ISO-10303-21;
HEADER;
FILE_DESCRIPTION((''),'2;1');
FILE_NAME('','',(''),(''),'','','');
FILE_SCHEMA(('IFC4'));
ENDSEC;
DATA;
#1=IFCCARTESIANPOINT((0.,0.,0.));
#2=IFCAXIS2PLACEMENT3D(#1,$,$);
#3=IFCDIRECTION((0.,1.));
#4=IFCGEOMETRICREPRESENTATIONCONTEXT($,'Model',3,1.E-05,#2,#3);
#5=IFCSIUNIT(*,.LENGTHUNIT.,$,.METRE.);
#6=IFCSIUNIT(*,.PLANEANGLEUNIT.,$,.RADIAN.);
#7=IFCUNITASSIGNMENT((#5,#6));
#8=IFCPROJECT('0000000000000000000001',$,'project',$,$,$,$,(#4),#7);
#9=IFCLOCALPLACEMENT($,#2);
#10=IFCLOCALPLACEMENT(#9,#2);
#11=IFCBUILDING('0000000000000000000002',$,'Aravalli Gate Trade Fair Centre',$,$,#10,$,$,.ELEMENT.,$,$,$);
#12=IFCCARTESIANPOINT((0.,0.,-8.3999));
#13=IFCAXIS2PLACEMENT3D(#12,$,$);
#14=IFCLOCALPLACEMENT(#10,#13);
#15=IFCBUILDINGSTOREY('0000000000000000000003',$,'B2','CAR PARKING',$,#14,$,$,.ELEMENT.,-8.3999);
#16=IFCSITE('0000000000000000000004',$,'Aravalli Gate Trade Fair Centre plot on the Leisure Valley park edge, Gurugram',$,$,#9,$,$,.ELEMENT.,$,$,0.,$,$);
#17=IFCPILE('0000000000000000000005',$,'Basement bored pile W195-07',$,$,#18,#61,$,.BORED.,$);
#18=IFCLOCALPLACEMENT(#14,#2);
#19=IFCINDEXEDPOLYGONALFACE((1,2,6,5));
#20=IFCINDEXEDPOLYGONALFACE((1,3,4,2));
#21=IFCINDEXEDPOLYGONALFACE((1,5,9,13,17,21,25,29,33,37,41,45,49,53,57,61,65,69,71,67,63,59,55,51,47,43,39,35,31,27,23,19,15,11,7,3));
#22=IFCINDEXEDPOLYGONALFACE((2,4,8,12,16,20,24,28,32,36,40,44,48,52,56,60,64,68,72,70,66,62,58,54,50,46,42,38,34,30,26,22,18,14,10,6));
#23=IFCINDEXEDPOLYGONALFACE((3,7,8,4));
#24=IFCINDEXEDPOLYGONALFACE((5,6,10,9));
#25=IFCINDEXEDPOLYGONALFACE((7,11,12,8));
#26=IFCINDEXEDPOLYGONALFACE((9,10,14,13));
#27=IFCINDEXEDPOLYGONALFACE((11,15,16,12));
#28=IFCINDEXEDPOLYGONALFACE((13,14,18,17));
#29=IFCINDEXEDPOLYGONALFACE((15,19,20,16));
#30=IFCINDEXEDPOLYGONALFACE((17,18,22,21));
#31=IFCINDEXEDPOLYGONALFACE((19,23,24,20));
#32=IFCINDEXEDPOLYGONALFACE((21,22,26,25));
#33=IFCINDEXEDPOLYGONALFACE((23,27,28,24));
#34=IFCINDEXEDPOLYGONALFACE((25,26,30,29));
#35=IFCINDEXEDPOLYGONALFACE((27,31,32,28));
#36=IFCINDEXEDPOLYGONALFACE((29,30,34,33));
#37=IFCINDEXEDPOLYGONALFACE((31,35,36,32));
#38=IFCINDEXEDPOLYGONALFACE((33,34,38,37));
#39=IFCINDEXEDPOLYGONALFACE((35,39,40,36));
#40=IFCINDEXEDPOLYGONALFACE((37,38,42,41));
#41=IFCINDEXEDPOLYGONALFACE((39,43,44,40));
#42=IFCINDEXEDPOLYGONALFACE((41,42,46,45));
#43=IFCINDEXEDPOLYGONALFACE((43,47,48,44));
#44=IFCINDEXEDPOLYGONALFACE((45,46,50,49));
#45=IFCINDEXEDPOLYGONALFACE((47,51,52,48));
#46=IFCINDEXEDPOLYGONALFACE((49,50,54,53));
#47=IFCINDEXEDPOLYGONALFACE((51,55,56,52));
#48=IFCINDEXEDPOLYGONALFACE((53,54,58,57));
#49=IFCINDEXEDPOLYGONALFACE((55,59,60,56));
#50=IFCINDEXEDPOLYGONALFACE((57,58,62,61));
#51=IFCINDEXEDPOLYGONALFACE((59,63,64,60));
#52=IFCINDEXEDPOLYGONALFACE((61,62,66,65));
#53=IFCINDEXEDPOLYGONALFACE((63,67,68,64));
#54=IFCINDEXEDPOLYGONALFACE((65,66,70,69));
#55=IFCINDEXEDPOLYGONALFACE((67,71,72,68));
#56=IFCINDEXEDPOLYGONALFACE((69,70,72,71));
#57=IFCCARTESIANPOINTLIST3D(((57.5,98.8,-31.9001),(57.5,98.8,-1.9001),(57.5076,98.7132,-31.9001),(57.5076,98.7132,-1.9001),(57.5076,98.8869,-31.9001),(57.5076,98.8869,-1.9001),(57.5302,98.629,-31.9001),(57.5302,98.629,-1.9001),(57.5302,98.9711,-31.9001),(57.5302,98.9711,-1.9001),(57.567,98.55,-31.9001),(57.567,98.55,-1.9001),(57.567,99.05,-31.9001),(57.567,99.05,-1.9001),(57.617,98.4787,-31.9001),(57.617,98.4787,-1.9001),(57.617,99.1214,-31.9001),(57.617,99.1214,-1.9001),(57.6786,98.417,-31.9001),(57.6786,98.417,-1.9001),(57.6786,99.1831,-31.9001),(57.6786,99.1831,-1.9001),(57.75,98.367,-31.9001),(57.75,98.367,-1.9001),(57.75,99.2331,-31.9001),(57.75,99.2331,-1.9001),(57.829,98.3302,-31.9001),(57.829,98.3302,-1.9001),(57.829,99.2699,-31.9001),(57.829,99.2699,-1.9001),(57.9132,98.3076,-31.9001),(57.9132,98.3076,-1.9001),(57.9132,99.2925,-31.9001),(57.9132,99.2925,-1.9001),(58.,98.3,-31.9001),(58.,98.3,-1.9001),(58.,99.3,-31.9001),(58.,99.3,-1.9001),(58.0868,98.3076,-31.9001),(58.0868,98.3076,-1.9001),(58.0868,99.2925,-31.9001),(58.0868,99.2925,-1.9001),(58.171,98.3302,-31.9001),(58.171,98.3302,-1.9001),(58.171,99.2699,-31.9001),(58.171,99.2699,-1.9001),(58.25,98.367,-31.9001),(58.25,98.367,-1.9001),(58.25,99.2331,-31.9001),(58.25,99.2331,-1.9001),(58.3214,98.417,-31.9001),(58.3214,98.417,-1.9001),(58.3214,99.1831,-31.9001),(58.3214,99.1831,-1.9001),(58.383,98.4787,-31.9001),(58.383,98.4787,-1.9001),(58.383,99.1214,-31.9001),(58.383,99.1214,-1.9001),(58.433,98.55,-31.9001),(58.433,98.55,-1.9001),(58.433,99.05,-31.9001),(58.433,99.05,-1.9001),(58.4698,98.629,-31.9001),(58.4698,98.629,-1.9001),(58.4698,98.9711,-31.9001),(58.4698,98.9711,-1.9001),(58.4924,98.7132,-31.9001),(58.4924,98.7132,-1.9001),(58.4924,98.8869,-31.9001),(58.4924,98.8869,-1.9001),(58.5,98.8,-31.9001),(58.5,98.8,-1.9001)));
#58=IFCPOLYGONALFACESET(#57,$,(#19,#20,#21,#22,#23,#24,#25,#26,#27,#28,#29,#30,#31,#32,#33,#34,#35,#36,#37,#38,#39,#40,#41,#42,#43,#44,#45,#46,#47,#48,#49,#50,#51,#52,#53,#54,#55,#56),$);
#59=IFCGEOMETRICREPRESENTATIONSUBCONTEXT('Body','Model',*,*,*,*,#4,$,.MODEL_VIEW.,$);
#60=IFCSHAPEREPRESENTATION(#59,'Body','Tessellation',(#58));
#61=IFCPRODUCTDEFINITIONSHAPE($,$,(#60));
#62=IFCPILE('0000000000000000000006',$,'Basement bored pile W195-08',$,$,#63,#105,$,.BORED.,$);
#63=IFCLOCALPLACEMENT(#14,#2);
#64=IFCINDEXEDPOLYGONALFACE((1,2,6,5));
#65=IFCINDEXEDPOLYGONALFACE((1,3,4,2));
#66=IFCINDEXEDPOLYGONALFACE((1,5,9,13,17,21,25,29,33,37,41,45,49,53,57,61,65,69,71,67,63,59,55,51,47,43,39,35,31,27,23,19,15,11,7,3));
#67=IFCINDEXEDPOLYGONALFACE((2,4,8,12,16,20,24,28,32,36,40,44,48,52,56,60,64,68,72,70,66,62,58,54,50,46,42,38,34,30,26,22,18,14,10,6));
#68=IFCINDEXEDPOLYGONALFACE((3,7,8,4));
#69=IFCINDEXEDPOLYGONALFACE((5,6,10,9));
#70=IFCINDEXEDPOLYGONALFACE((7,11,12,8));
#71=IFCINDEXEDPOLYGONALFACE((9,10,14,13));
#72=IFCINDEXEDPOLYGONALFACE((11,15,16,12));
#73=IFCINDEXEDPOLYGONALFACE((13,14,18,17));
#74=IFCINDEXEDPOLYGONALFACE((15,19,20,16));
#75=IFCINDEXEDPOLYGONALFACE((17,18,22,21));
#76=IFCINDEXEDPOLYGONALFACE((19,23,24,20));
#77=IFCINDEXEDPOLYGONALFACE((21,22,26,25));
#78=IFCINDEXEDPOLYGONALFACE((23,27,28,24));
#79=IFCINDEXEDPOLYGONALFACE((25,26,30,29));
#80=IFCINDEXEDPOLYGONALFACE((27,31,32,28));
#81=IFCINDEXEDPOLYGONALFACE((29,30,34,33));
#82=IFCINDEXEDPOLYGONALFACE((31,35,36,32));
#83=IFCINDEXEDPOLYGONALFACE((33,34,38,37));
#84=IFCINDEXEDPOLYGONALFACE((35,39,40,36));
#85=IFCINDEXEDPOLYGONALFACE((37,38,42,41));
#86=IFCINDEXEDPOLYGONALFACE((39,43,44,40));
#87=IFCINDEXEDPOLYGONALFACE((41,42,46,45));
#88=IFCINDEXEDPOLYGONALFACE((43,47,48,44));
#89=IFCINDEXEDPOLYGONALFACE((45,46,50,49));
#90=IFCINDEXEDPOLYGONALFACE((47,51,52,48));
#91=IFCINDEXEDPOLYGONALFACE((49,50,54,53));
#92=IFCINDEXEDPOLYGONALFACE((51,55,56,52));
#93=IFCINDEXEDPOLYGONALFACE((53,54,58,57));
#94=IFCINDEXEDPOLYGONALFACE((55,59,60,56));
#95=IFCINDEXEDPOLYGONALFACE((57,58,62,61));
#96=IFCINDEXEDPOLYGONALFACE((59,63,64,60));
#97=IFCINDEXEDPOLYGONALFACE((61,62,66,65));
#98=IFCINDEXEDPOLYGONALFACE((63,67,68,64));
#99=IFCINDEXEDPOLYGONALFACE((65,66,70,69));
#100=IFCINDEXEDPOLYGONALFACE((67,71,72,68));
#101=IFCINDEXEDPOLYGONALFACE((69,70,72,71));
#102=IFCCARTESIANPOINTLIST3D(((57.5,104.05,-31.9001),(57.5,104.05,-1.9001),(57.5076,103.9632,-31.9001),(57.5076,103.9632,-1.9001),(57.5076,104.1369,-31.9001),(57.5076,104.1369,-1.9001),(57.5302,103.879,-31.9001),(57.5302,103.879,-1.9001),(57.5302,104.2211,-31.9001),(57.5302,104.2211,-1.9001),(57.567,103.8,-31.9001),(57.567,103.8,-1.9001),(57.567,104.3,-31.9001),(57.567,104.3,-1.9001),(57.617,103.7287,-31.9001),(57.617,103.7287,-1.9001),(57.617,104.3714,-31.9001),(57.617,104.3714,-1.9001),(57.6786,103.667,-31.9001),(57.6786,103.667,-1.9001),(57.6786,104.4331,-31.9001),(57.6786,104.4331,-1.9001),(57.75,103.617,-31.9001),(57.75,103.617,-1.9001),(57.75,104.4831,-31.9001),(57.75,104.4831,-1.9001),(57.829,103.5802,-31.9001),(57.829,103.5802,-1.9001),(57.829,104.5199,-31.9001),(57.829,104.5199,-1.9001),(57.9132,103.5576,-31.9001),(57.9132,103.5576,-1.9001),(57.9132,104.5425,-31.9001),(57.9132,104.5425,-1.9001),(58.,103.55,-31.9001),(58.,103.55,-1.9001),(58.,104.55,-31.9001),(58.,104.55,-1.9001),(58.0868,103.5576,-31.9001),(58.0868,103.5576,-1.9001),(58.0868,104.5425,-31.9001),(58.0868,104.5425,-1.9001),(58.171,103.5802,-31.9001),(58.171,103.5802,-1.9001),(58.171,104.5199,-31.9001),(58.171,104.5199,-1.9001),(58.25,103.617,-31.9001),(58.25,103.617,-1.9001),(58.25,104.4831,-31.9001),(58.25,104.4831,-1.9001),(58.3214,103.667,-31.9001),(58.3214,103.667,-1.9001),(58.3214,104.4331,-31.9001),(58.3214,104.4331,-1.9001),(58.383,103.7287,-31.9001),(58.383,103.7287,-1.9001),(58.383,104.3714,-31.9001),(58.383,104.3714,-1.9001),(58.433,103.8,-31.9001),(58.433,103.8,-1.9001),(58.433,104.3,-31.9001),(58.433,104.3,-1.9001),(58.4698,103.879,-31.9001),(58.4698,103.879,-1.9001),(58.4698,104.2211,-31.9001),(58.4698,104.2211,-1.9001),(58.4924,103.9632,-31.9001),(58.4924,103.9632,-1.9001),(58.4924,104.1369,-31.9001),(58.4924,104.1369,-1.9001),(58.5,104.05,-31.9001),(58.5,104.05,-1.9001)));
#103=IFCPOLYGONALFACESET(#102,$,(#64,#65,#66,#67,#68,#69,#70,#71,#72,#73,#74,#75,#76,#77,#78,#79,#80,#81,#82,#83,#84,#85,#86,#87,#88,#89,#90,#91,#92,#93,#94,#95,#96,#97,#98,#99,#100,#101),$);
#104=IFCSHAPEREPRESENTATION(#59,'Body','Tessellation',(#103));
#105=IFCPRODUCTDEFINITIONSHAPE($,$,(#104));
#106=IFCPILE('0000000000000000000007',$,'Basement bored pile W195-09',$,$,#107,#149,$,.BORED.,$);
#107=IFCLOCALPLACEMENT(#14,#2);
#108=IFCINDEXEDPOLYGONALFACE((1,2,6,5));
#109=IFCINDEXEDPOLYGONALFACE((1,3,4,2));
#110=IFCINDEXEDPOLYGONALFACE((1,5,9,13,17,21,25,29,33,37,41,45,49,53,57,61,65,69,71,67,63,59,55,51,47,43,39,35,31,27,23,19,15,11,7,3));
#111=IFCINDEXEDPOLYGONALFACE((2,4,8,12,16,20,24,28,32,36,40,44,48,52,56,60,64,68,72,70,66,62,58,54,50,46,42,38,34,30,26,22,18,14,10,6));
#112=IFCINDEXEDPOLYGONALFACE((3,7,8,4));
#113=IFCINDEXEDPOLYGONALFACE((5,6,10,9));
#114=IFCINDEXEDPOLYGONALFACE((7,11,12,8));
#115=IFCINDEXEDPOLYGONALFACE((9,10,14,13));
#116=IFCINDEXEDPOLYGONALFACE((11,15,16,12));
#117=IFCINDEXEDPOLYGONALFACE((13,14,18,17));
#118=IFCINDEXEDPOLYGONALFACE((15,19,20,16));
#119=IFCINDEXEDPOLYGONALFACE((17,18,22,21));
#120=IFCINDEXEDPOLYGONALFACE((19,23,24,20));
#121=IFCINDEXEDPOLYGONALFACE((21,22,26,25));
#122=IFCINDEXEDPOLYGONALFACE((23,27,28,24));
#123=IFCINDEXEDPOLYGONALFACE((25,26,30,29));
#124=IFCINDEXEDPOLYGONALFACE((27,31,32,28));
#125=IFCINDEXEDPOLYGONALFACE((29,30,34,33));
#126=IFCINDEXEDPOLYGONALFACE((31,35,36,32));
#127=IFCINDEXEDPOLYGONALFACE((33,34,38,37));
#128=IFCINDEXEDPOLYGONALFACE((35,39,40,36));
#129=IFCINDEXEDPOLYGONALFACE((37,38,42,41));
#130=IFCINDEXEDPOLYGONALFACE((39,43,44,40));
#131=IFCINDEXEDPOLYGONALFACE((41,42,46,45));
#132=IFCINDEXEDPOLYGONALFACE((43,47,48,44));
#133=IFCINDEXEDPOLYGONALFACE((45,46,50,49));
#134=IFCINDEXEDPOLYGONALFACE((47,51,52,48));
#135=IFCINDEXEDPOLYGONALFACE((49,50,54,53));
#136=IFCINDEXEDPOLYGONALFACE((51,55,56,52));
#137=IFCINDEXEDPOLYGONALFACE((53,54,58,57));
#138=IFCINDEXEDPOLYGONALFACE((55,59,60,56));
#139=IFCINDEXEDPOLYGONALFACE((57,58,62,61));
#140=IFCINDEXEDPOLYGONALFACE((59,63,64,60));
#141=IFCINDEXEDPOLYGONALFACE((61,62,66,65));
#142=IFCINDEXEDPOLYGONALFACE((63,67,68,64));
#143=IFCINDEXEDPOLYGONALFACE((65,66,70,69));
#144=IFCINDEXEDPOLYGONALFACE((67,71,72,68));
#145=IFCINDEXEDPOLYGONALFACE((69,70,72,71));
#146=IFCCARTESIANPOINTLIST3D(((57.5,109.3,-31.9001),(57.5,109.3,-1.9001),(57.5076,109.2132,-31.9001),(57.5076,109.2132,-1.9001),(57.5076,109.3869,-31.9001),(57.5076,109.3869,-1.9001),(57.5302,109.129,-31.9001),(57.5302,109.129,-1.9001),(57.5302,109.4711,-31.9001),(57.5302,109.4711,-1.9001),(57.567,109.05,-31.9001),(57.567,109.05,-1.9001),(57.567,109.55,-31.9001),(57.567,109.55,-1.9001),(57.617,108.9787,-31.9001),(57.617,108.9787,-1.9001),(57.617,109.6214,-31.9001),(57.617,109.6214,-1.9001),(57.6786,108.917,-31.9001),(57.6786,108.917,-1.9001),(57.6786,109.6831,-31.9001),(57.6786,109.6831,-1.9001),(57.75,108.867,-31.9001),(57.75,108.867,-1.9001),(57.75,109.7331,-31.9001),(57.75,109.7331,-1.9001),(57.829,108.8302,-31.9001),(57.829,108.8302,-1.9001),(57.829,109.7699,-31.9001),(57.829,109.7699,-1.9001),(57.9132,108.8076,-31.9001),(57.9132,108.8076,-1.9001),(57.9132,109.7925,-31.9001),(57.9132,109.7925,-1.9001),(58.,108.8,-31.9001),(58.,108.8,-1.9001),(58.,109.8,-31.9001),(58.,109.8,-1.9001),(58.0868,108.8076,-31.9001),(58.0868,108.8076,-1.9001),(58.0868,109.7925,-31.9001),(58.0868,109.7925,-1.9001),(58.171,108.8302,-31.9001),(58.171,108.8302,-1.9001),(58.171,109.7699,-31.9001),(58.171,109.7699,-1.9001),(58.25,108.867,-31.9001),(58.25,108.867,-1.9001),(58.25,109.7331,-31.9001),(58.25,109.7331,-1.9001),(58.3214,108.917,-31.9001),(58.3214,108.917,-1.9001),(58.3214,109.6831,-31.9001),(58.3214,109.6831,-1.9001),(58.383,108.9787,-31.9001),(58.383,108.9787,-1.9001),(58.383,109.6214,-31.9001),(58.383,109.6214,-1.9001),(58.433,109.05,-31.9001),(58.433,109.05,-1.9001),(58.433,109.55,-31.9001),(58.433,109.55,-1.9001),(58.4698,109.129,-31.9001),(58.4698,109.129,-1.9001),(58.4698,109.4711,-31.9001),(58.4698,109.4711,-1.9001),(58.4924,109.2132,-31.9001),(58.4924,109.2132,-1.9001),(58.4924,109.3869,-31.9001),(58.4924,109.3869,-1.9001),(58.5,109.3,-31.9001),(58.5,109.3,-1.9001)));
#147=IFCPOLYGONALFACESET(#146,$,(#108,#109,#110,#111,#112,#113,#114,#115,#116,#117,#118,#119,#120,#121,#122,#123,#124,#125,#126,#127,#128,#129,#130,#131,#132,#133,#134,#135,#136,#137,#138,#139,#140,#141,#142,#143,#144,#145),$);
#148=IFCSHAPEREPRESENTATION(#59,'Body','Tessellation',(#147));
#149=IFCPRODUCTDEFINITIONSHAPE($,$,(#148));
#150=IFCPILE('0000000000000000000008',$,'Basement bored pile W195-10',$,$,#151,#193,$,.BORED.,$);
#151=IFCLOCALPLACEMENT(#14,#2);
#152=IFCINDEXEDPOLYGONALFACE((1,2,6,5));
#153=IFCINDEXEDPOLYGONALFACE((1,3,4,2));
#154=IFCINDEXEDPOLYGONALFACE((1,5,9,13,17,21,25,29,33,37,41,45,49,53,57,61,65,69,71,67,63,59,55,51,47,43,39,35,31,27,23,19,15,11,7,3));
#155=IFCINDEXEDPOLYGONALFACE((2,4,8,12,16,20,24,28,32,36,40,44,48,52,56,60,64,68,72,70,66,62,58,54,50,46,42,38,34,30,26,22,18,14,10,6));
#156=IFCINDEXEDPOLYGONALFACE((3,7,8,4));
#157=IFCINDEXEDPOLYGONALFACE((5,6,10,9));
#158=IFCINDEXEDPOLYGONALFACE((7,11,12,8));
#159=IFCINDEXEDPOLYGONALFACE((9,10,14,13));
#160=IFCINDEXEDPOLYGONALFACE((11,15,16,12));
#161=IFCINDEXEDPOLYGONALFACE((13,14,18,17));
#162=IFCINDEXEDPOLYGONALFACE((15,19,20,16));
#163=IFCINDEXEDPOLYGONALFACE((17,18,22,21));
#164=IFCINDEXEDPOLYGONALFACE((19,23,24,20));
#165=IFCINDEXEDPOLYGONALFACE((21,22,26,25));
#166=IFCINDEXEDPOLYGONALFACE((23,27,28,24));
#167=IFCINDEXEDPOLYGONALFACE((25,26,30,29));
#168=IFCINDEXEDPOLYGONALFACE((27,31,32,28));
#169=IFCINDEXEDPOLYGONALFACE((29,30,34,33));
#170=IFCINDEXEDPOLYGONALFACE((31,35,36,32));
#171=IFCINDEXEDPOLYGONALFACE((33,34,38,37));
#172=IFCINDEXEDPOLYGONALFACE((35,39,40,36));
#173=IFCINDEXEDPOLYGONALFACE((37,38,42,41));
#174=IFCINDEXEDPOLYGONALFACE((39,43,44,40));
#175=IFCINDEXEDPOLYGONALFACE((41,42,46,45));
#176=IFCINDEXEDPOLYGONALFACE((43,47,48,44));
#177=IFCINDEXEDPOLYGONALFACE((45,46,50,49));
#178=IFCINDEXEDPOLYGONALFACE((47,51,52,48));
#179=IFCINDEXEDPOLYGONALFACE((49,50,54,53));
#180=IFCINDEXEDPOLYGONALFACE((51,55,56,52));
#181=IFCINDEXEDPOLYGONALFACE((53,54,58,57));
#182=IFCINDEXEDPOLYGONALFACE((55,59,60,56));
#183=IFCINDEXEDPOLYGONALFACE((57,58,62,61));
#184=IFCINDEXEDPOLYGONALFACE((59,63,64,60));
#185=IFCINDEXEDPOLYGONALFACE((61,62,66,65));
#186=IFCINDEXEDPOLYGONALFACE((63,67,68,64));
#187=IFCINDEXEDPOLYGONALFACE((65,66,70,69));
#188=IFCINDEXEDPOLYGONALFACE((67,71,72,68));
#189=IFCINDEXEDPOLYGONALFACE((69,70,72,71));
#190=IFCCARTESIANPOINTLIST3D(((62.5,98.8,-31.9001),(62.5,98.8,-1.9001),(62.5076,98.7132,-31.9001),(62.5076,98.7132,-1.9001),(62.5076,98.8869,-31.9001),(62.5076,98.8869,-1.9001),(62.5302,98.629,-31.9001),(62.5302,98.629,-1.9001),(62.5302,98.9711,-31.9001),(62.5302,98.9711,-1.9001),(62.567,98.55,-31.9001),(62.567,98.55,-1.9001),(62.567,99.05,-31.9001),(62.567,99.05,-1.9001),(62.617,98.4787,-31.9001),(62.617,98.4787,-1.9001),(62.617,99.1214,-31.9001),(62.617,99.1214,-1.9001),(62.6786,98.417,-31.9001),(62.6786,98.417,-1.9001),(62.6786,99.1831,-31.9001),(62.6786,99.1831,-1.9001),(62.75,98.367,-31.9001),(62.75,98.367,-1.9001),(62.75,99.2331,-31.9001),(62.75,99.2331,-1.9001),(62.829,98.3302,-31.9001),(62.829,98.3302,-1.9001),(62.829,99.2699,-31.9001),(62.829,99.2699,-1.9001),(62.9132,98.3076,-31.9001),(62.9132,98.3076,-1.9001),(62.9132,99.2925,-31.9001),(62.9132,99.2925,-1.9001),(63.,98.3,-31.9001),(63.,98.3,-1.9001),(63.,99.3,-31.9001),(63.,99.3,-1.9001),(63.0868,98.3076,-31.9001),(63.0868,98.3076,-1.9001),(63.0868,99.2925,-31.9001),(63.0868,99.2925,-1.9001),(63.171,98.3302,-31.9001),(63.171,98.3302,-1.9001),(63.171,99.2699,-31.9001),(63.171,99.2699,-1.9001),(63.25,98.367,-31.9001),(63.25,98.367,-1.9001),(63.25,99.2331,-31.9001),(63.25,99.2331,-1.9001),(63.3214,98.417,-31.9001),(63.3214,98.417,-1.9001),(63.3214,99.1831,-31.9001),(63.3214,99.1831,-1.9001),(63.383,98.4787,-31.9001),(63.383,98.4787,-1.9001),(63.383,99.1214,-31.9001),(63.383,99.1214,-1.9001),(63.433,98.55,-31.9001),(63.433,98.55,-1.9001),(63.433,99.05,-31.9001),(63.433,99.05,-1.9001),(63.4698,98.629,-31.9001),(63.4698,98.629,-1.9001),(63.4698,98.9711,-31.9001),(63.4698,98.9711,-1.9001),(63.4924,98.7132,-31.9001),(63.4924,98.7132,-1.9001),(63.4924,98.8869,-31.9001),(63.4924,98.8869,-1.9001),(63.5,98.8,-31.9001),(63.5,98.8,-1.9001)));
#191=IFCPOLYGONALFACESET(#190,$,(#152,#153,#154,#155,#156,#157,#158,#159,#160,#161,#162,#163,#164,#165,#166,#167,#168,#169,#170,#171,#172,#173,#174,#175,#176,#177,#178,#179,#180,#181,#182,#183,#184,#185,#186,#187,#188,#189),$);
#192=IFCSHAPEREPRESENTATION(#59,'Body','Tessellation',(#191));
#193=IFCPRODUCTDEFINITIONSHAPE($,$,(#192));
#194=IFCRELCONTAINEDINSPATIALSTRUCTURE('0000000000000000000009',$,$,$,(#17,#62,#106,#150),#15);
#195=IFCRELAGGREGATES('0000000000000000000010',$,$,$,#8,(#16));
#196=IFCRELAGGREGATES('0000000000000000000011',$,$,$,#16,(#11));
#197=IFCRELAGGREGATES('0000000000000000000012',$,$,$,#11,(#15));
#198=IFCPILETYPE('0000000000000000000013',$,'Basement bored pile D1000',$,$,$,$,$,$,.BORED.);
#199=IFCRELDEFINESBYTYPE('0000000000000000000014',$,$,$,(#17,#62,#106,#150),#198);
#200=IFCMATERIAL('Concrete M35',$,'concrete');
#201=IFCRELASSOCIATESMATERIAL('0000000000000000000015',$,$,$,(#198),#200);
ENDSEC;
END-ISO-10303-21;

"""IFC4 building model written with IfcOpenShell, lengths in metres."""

from ifc_helpers import new_model, si_unit, direction, frame, origin, origin_2d, place, context, subcontext, project, spatial, circle, extrude, material, material_profile, profile_set, type_object, element, save


model = new_model("IFC4")

# Units and contexts
model_context = context("Model", 3, precision=1e-05, world=origin(), true_north=direction((0.0, 1.0)))
body_context = subcontext(model_context, "Body", "Model", "MODEL_VIEW")
ifc_project = project(units=[si_unit("LENGTHUNIT", "METRE"), si_unit("PLANEANGLEUNIT", "RADIAN")], contexts=[model_context])

# Site, building, storey
site_placement = place(None, origin())
site = spatial("IfcSite", under=ifc_project, at=site_placement, Name="Aravalli Gate Trade Fair Centre plot on the Leisure Valley park edge, Gurugram", CompositionType="ELEMENT", RefElevation=0.0)
building_placement = place(site_placement, origin())
building = spatial("IfcBuilding", under=site, at=building_placement, Name="Aravalli Gate Trade Fair Centre", CompositionType="ELEMENT")
storey_placement = place(building_placement, frame((0.0, 0.0, -8.3999)))
storey = spatial("IfcBuildingStorey", under=building, at=storey_placement, Name="B2", Description="CAR PARKING", CompositionType="ELEMENT", Elevation=-8.3999)

# Piles
ifc_material_1 = material(Name="Concrete M35", Category="concrete")
ifc_material_profile_1 = material_profile(ifc_material_1, circle(Radius=0.5, at=origin_2d()), Name="D1000")
ifc_profile_set_1 = profile_set([ifc_material_profile_1], Name="Concrete M35")
pile_type = type_object("IfcPileType", Name="Basement bored pile D1000", PredefinedType="BORED", material=ifc_profile_set_1)
for number, where, z_axis, x_axis, name in (
    (1, (58.0, 98.8, -1.9001), (0.0, 0.0, -1.0), (1.0, 0.0, 0.0), "Basement bored pile W195-07"),
    (2, (58.0, 104.05, -1.9001), (0.0, 0.0, -1.0), (1.0, 0.0, 0.0), "Basement bored pile W195-08"),
    (3, (58.0, 109.3, -1.9001), (0.0, 0.0, -1.0), (1.0, 0.0, 0.0), "Basement bored pile W195-09"),
    (4, (63.0, 98.8, -1.9001), (0.0, 0.0, -1.0), (1.0, 0.0, 0.0), "Basement bored pile W195-10"),
):
    element("IfcPile", number, at=place(storey_placement, frame(where, z_axis=z_axis, x_axis=x_axis)), inside=storey, type_object=pile_type, Name=name, PredefinedType="BORED", context=body_context, shape_type="SweptSolid", body=[
        extrude(circle(Radius=0.5, at=origin_2d()), origin(), (0.0, 0.0, 1.0), 30.0),
    ])

save(model, "model.ifc")
